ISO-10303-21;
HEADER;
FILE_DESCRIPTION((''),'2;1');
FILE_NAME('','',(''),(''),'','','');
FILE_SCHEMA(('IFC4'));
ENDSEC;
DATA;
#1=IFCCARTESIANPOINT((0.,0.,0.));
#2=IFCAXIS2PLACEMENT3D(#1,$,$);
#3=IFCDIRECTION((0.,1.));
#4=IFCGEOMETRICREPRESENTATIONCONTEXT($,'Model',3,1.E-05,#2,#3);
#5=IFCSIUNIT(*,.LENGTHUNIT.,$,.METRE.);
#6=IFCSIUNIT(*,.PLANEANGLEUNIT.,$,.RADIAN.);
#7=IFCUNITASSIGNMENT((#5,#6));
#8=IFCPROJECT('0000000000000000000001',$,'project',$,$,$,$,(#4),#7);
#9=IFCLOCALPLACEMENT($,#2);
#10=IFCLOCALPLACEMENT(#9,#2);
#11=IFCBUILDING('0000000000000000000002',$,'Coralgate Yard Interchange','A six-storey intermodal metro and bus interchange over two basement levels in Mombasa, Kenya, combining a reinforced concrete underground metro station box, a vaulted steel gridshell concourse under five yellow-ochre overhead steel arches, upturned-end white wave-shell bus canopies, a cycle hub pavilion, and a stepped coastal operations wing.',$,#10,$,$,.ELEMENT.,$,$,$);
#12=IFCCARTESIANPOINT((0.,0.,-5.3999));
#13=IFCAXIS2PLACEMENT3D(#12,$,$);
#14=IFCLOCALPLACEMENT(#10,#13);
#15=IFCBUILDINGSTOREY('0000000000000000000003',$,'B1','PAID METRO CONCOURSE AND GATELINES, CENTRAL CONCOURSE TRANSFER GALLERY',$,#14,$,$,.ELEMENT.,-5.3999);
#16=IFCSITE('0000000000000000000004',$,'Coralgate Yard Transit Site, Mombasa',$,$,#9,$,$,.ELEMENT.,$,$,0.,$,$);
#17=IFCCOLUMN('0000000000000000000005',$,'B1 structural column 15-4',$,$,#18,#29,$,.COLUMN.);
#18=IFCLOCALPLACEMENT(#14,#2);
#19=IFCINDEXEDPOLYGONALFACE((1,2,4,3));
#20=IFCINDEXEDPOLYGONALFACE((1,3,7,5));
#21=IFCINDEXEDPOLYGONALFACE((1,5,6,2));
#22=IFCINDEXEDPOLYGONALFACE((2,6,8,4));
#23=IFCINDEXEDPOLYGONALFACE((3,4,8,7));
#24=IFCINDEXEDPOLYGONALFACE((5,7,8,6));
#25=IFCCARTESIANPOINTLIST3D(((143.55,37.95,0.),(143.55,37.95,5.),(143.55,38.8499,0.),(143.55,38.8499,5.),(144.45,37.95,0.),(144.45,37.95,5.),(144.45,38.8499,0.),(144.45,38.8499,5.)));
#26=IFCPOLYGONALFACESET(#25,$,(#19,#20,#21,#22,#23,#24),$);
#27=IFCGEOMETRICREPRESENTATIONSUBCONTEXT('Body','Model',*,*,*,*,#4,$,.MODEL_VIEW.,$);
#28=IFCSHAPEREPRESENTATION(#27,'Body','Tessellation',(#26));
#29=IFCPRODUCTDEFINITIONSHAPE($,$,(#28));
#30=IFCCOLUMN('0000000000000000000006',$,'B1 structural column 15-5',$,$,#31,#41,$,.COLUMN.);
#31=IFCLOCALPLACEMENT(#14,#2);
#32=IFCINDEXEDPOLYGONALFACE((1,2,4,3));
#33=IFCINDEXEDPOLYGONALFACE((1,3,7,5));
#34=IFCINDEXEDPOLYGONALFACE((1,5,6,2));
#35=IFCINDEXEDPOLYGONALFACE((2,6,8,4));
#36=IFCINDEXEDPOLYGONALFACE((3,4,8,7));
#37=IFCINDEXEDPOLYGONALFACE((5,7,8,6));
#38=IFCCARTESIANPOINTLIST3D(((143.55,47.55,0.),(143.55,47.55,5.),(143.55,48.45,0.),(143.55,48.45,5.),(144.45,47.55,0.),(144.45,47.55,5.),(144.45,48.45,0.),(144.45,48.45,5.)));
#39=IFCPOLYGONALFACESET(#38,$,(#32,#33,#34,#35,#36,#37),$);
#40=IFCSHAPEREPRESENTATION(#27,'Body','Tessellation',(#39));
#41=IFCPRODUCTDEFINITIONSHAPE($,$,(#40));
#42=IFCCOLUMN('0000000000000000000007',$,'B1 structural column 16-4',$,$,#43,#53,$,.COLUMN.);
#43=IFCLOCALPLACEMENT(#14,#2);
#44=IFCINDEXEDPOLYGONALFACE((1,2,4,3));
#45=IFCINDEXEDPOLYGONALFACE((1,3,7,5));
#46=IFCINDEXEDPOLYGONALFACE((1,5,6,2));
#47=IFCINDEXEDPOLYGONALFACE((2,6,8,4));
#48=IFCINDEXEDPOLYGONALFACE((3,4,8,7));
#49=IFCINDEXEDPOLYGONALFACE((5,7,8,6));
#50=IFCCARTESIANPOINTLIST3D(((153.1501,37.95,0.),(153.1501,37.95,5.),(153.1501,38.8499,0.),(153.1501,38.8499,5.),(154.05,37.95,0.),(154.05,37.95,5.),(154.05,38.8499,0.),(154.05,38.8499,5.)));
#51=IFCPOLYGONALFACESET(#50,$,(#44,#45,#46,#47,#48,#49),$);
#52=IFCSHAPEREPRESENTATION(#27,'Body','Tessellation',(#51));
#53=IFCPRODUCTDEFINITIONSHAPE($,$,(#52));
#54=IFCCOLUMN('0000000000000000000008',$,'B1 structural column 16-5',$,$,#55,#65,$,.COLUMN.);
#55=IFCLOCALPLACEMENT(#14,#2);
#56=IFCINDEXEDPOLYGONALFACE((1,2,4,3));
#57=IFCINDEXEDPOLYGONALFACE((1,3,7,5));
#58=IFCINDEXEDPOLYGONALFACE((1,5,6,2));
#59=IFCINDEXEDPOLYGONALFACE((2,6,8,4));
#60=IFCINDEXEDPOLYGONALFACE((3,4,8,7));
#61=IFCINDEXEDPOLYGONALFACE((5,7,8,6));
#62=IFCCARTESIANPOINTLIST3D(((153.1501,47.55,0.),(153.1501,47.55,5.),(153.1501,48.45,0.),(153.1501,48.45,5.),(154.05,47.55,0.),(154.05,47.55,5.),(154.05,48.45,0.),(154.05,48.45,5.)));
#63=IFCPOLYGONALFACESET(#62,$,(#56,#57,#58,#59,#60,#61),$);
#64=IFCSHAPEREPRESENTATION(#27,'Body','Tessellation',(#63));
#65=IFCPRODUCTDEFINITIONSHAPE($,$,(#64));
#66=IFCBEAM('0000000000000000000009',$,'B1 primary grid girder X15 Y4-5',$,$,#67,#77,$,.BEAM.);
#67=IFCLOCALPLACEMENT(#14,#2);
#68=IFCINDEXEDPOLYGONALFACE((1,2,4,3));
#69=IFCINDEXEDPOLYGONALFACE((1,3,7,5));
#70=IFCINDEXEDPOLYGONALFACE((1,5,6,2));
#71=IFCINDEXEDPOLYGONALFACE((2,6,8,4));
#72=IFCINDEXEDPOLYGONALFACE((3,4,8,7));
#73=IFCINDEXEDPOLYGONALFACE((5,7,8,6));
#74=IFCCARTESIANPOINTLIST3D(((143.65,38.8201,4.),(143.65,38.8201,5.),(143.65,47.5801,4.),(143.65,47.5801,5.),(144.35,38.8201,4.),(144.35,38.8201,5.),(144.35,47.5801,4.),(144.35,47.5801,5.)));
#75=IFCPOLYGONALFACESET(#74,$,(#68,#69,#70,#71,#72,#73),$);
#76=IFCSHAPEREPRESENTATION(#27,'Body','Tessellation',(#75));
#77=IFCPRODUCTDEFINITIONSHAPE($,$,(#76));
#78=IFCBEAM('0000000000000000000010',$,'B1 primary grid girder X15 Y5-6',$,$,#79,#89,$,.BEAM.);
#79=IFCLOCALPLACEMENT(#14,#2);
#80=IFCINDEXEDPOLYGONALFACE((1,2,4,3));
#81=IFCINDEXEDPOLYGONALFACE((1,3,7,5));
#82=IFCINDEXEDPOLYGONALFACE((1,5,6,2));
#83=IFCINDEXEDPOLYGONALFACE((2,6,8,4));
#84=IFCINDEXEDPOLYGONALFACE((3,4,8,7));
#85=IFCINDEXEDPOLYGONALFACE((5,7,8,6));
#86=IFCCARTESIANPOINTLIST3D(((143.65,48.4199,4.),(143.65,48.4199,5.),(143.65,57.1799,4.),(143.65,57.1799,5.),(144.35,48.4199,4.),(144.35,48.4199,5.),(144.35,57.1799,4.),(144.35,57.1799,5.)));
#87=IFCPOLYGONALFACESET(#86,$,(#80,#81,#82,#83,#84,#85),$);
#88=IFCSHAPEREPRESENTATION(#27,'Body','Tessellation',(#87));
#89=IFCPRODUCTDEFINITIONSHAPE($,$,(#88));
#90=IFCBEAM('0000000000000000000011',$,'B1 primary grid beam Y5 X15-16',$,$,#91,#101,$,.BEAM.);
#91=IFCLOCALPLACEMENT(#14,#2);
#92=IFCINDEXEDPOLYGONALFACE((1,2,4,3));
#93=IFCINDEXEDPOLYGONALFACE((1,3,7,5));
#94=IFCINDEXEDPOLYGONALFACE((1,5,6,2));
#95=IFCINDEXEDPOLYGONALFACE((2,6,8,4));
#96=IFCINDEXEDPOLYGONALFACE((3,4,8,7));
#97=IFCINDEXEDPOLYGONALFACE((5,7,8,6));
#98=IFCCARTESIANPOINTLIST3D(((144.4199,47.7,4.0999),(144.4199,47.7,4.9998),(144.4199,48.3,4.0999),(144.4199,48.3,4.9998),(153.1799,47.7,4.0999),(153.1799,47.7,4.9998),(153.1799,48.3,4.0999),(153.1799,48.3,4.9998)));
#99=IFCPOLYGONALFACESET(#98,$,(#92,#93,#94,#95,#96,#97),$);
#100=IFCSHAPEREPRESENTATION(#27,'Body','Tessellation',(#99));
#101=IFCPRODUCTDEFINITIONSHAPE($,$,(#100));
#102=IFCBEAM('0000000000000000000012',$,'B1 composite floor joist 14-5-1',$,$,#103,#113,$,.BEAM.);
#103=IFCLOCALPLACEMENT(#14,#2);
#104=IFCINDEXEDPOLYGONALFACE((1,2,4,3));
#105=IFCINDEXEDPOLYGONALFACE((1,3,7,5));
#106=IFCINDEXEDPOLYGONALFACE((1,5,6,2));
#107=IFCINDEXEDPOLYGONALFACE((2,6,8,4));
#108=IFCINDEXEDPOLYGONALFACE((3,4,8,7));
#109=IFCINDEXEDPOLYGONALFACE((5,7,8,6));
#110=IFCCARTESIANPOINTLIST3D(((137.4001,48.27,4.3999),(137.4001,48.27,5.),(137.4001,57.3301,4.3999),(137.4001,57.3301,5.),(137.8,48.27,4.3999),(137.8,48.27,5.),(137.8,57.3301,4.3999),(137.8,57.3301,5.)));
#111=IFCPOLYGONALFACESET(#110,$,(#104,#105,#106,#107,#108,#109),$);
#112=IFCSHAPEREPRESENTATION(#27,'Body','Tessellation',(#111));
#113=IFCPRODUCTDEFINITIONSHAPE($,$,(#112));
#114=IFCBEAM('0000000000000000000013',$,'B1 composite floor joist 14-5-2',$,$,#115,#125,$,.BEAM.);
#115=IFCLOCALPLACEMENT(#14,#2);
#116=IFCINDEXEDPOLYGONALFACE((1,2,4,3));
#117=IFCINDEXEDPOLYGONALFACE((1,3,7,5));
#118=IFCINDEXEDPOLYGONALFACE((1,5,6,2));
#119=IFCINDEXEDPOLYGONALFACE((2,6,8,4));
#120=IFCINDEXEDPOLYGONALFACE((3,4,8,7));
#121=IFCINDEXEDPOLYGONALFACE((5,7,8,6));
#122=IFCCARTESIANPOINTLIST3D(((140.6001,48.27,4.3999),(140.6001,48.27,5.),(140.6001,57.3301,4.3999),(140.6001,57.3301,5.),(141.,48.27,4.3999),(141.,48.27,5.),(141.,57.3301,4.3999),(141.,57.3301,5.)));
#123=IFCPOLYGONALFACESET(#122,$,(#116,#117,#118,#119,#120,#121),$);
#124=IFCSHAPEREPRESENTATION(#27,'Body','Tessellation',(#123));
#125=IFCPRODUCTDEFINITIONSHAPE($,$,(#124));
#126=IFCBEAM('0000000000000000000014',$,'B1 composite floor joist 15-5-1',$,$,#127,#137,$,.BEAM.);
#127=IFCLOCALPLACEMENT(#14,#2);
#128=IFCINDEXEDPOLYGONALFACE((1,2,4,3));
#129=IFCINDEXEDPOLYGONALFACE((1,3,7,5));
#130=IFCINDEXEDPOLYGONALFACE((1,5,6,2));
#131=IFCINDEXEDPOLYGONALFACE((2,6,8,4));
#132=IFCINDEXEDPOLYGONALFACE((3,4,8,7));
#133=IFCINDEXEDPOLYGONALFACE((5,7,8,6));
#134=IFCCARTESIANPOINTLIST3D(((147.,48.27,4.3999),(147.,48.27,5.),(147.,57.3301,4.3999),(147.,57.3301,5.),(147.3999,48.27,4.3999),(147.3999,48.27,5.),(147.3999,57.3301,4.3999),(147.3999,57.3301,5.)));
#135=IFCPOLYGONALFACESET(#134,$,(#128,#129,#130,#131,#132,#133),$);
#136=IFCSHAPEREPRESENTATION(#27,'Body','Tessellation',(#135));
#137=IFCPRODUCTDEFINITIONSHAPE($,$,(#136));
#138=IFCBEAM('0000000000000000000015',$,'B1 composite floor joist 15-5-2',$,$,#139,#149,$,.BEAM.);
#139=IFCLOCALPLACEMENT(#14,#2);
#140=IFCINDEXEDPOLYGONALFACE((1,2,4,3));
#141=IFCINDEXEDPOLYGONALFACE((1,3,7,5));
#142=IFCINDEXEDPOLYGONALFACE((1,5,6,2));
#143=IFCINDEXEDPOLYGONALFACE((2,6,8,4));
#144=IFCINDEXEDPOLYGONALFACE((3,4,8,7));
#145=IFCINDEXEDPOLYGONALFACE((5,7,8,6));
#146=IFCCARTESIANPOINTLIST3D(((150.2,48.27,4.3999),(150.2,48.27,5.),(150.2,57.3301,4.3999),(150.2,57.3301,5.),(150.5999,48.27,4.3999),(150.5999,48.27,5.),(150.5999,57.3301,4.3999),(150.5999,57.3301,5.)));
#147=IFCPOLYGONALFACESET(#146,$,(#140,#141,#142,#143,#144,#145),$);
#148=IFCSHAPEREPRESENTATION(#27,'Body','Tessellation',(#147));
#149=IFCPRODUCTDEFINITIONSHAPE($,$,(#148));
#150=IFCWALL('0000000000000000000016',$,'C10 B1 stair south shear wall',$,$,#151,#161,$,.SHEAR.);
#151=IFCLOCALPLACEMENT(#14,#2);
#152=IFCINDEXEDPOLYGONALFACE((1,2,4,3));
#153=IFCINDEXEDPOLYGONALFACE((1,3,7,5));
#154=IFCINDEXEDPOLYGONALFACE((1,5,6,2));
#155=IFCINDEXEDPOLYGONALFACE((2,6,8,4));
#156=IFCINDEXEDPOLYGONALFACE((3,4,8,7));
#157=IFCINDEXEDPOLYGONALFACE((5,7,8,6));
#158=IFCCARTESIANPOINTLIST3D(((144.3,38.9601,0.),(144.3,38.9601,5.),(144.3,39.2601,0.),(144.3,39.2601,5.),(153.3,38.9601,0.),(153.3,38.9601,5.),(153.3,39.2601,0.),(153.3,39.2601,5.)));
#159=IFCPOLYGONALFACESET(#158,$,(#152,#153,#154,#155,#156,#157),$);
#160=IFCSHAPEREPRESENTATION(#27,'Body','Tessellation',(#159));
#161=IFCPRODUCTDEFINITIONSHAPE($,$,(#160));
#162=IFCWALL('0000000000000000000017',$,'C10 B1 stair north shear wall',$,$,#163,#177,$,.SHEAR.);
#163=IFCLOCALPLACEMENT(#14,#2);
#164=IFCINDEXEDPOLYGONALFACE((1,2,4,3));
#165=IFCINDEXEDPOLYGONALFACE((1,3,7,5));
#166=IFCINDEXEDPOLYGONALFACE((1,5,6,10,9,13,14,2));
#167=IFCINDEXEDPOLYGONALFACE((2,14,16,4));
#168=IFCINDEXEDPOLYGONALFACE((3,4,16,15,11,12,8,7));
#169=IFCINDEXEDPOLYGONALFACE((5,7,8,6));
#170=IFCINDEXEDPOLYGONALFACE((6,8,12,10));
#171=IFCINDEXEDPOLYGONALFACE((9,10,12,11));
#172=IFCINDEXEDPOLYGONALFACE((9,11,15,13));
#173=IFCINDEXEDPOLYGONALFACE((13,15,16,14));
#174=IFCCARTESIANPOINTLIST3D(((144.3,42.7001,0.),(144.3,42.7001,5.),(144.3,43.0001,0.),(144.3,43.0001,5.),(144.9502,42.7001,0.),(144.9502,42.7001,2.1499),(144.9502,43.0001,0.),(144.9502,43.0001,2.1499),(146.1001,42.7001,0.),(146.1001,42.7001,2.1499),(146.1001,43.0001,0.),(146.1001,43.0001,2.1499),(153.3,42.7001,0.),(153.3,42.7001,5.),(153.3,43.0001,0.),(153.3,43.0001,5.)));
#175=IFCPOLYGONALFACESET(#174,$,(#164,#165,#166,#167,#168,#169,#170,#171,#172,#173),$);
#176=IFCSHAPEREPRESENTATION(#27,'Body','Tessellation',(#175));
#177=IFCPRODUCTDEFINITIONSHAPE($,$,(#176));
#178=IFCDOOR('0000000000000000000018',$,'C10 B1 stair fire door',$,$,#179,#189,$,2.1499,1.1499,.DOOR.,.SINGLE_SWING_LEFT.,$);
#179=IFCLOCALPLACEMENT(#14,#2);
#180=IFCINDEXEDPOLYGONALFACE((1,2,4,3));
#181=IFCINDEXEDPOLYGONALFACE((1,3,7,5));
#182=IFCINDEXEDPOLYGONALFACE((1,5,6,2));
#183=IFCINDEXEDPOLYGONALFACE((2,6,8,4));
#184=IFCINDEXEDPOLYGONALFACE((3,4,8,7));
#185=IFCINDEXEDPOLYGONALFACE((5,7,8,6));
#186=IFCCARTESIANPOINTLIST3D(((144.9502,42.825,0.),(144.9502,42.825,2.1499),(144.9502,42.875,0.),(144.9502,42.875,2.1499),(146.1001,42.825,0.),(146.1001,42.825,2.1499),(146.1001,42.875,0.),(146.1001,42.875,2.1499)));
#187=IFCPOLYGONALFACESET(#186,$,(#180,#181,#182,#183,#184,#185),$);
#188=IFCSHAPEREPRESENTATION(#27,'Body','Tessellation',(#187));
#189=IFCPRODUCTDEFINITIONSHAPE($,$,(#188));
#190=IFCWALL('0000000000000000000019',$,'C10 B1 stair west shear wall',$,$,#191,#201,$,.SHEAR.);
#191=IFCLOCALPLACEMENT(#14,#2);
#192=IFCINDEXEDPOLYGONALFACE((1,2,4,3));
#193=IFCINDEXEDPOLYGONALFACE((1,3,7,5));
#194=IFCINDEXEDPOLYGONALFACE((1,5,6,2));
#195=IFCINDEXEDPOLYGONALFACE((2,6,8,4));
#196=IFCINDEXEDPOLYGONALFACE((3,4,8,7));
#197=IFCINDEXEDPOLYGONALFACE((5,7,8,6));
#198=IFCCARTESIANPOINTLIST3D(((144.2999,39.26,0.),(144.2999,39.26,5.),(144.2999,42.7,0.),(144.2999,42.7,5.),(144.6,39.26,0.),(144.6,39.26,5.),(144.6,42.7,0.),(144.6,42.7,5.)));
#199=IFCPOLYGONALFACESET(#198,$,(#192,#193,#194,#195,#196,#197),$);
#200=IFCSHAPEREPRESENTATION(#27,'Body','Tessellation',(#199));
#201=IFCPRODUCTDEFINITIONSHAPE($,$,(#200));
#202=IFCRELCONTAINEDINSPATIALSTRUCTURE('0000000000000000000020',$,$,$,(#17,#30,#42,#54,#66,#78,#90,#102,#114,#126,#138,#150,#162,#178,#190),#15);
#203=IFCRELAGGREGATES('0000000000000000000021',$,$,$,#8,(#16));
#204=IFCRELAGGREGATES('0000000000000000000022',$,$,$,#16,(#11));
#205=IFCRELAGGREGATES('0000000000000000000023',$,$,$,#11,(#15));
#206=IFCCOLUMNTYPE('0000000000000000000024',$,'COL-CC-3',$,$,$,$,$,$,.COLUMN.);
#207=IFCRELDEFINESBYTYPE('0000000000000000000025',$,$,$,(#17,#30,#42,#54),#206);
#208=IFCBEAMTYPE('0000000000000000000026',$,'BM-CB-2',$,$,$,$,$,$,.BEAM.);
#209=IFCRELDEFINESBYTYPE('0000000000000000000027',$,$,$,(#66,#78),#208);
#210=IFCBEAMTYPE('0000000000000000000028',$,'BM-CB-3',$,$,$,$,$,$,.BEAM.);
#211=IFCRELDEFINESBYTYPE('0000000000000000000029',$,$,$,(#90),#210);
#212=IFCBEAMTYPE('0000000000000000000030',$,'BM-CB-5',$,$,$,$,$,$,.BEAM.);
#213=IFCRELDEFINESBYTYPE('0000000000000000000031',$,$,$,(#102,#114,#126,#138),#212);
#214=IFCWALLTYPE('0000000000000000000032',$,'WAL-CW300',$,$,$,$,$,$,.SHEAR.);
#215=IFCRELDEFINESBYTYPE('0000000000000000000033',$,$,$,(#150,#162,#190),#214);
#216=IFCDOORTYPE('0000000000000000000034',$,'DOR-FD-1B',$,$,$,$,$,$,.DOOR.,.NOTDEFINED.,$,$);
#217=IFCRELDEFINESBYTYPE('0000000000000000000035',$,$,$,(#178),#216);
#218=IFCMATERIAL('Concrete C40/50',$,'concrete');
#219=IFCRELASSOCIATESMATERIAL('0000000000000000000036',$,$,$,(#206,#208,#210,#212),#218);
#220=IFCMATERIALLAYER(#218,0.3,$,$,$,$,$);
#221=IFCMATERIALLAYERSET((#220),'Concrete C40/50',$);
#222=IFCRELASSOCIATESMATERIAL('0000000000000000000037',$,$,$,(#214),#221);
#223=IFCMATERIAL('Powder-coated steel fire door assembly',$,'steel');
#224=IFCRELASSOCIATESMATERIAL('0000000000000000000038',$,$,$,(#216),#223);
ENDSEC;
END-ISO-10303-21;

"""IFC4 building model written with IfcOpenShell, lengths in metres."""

from ifc_helpers import new_model, si_unit, direction, frame, frame_2d, origin, origin_2d, place, context, subcontext, project, spatial, rectangle, extrude, material, layer, layer_set, material_profile, profile_set, type_object, element, fill, save


model = new_model("IFC4")

# Units and contexts
model_context = context("Model", 3, precision=1e-05, world=origin(), true_north=direction((0.0, 1.0)))
body_context = subcontext(model_context, "Body", "Model", "MODEL_VIEW")
ifc_project = project(units=[si_unit("LENGTHUNIT", "METRE"), si_unit("PLANEANGLEUNIT", "RADIAN")], contexts=[model_context])

# Site, building, storey
site_placement = place(None, origin())
site = spatial("IfcSite", under=ifc_project, at=site_placement, Name="Coralgate Yard Transit Site, Mombasa", CompositionType="ELEMENT", RefElevation=0.0)
building_placement = place(site_placement, origin())
building = spatial("IfcBuilding", under=site, at=building_placement, Name="Coralgate Yard Interchange", Description="A six-storey intermodal metro and bus interchange over two basement levels in Mombasa, Kenya, combining a reinforced concrete underground metro station box, a vaulted steel gridshell concourse under five yellow-ochre overhead steel arches, upturned-end white wave-shell bus canopies, a cycle hub pavilion, and a stepped coastal operations wing.", CompositionType="ELEMENT")
storey_placement = place(building_placement, frame((0.0, 0.0, -5.3999)))
storey = spatial("IfcBuildingStorey", under=building, at=storey_placement, Name="B1", Description="PAID METRO CONCOURSE AND GATELINES, CENTRAL CONCOURSE TRANSFER GALLERY", CompositionType="ELEMENT", Elevation=-5.3999)

# Columns
ifc_material_1 = material(Name="Concrete C40/50", Category="concrete")
ifc_material_profile_1 = material_profile(ifc_material_1, rectangle(XDim=0.8999, YDim=0.8999, at=origin_2d()), Name="RC 900x900")
ifc_profile_set_1 = profile_set([ifc_material_profile_1], Name="Concrete C40/50")
column_type = type_object("IfcColumnType", Name="COL-CC-3", PredefinedType="COLUMN", material=ifc_profile_set_1)
for number, where, z_axis, x_axis, name in (
    (1, (144.0, 38.3999, 0.0), (0.0, 0.0, 1.0), (1.0, 0.0, 0.0), "B1 structural column 15-4"),
    (2, (144.0, 48.0, 0.0), (0.0, 0.0, 1.0), (1.0, 0.0, 0.0), "B1 structural column 15-5"),
    (3, (153.6001, 38.3999, 0.0), (0.0, 0.0, 1.0), (1.0, 0.0, 0.0), "B1 structural column 16-4"),
    (4, (153.6001, 48.0, 0.0), (0.0, 0.0, 1.0), (1.0, 0.0, 0.0), "B1 structural column 16-5"),
):
    element("IfcColumn", number, at=place(storey_placement, frame(where, z_axis=z_axis, x_axis=x_axis)), inside=storey, type_object=column_type, Name=name, PredefinedType="COLUMN", context=body_context, shape_type="SweptSolid", body=[
        extrude(rectangle(XDim=0.8999, YDim=0.8999, at=origin_2d()), origin(), (0.0, 0.0, 1.0), 5.0),
    ])

# Beams
ifc_material_profile_2 = material_profile(ifc_material_1, rectangle(XDim=0.7, YDim=1.0, at=origin_2d()), Name="RC 700x1000")
ifc_profile_set_2 = profile_set([ifc_material_profile_2], Name="Concrete C40/50")
beam_type_1 = type_object("IfcBeamType", Name="BM-CB-2", PredefinedType="BEAM", material=ifc_profile_set_2)
for number, where, z_axis, x_axis, name in (
    (5, (144.0, 38.8201, 4.5), (0.0, 1.0, 0.0), (-1.0, 0.0, 0.0), "B1 primary grid girder X15 Y4-5"),
    (6, (144.0, 48.4199, 4.5), (0.0, 1.0, 0.0), (-1.0, 0.0, 0.0), "B1 primary grid girder X15 Y5-6"),
):
    element("IfcBeam", number, at=place(storey_placement, frame(where, z_axis=z_axis, x_axis=x_axis)), inside=storey, type_object=beam_type_1, Name=name, PredefinedType="BEAM", context=body_context, shape_type="SweptSolid", body=[
        extrude(rectangle(XDim=0.7, YDim=1.0, at=origin_2d()), origin(), (0.0, 0.0, 1.0), 8.76),
    ])
ifc_material_profile_3 = material_profile(ifc_material_1, rectangle(XDim=0.6001, YDim=0.8999, at=origin_2d()), Name="RC 600x900")
ifc_profile_set_3 = profile_set([ifc_material_profile_3], Name="Concrete C40/50")
beam_type_2 = type_object("IfcBeamType", Name="BM-CB-3", PredefinedType="BEAM", material=ifc_profile_set_3)
beam_placement = place(storey_placement, frame((144.4199, 48.0, 4.5498), z_axis=(1.0, 0.0, 0.0), x_axis=(0.0, 1.0, 0.0)))
element("IfcBeam", 7, at=beam_placement, inside=storey, type_object=beam_type_2, Name="B1 primary grid beam Y5 X15-16", PredefinedType="BEAM", context=body_context, shape_type="SweptSolid", body=[
    extrude(rectangle(XDim=0.6001, YDim=0.8999, at=origin_2d()), origin(), (0.0, 0.0, 1.0), 8.76),
])
ifc_material_profile_4 = material_profile(ifc_material_1, rectangle(XDim=0.3999, YDim=0.6001, at=origin_2d()), Name="RC 400x600")
ifc_profile_set_4 = profile_set([ifc_material_profile_4], Name="Concrete C40/50")
beam_type_3 = type_object("IfcBeamType", Name="BM-CB-5", PredefinedType="BEAM", material=ifc_profile_set_4)
for number, where, z_axis, x_axis, name in (
    (8, (137.6001, 48.27, 4.7), (0.0, 1.0, 0.0), (-1.0, 0.0, 0.0), "B1 composite floor joist 14-5-1"),
    (9, (140.8, 48.27, 4.7), (0.0, 1.0, 0.0), (-1.0, 0.0, 0.0), "B1 composite floor joist 14-5-2"),
    (10, (147.2, 48.27, 4.7), (0.0, 1.0, 0.0), (-1.0, 0.0, 0.0), "B1 composite floor joist 15-5-1"),
    (11, (150.3999, 48.27, 4.7), (0.0, 1.0, 0.0), (-1.0, 0.0, 0.0), "B1 composite floor joist 15-5-2"),
):
    element("IfcBeam", number, at=place(storey_placement, frame(where, z_axis=z_axis, x_axis=x_axis)), inside=storey, type_object=beam_type_3, Name=name, PredefinedType="BEAM", context=body_context, shape_type="SweptSolid", body=[
        extrude(rectangle(XDim=0.3999, YDim=0.6001, at=origin_2d()), origin(), (0.0, 0.0, 1.0), 9.0601),
    ])

# Wall
ifc_layer_1 = layer(ifc_material_1, 0.3)
ifc_layer_set_1 = layer_set([ifc_layer_1], Name="Concrete C40/50")
wall_type_1 = type_object("IfcWallType", Name="WAL-CW300", PredefinedType="SHEAR", material=ifc_layer_set_1)
wall_1_placement = place(storey_placement, frame((144.3, 39.1101, 0.0), z_axis=(0.0, 0.0, 1.0), x_axis=(1.0, 0.0, 0.0)))
element("IfcWall", 12, at=wall_1_placement, inside=storey, type_object=wall_type_1, Name="C10 B1 stair south shear wall", PredefinedType="SHEAR", context=body_context, shape_type="SweptSolid", body=[
    extrude(rectangle(XDim=9.0, YDim=0.3, at=frame_2d((4.5, 0.0))), origin(), (0.0, 0.0, 1.0), 5.0),
])

# Wall, opening, door
wall_2_placement = place(storey_placement, frame((153.3, 42.8501, 0.0), z_axis=(0.0, 0.0, 1.0), x_axis=(-1.0, 0.0, 0.0)))
wall_2 = element("IfcWall", 13, at=wall_2_placement, inside=storey, type_object=wall_type_1, Name="C10 B1 stair north shear wall", PredefinedType="SHEAR", context=body_context, shape_type="SweptSolid", body=[
    extrude(rectangle(XDim=9.0, YDim=0.3, at=frame_2d((4.5, 0.0))), origin(), (0.0, 0.0, 1.0), 5.0),
])
opening_1_placement = place(wall_2_placement, frame((7.2, 0.0, 0.0)))
opening_1 = element("IfcOpeningElement", 14, at=opening_1_placement, cuts=wall_2, PredefinedType="OPENING", context=body_context, shape_type="SweptSolid", body=[
    extrude(rectangle(XDim=1.1499, YDim=2.1499, at=frame_2d((0.575, 1.075))), frame((0.0, 0.1599, 0.0), z_axis=(0.0, -1.0, 0.0), x_axis=(1.0, 0.0, 0.0)), (0.0, 0.0, 1.0), 0.3201),
])
ifc_material_2 = material(Name="Powder-coated steel fire door assembly", Category="steel")
door_type_1 = type_object("IfcDoorType", Name="DOR-FD-1B", OperationType="NOTDEFINED", PredefinedType="DOOR", material=ifc_material_2)
door_1_placement = place(opening_1_placement, frame((1.1499, 0.0, 0.0), z_axis=(0.0, 0.0, 1.0), x_axis=(-1.0, 0.0, 0.0)))
door_1 = element("IfcDoor", 15, at=door_1_placement, inside=storey, type_object=door_type_1, Name="C10 B1 stair fire door", OperationType="SINGLE_SWING_LEFT", OverallHeight=2.1499, OverallWidth=1.1499, PredefinedType="DOOR", context=body_context, shape_type="SweptSolid", body=[
    extrude(rectangle(XDim=1.1499, YDim=2.1499, at=frame_2d((0.575, 1.075))), frame((0.0, 0.0249, 0.0), z_axis=(0.0, -1.0, 0.0), x_axis=(1.0, 0.0, 0.0)), (0.0, 0.0, 1.0), 0.05),
])
fill(opening_1, door_1)

# Wall
for number, where, z_axis, x_axis, name in (
    (16, (144.45, 39.26, 0.0), (0.0, 0.0, 1.0), (0.0, 1.0, 0.0), "C10 B1 stair west shear wall"),
):
    element("IfcWall", number, at=place(storey_placement, frame(where, z_axis=z_axis, x_axis=x_axis)), inside=storey, type_object=wall_type_1, Name=name, PredefinedType="SHEAR", context=body_context, shape_type="SweptSolid", body=[
        extrude(rectangle(XDim=3.4399, YDim=0.3, at=frame_2d((1.72, 0.0))), origin(), (0.0, 0.0, 1.0), 5.0),
    ])

save(model, "model.ifc")
